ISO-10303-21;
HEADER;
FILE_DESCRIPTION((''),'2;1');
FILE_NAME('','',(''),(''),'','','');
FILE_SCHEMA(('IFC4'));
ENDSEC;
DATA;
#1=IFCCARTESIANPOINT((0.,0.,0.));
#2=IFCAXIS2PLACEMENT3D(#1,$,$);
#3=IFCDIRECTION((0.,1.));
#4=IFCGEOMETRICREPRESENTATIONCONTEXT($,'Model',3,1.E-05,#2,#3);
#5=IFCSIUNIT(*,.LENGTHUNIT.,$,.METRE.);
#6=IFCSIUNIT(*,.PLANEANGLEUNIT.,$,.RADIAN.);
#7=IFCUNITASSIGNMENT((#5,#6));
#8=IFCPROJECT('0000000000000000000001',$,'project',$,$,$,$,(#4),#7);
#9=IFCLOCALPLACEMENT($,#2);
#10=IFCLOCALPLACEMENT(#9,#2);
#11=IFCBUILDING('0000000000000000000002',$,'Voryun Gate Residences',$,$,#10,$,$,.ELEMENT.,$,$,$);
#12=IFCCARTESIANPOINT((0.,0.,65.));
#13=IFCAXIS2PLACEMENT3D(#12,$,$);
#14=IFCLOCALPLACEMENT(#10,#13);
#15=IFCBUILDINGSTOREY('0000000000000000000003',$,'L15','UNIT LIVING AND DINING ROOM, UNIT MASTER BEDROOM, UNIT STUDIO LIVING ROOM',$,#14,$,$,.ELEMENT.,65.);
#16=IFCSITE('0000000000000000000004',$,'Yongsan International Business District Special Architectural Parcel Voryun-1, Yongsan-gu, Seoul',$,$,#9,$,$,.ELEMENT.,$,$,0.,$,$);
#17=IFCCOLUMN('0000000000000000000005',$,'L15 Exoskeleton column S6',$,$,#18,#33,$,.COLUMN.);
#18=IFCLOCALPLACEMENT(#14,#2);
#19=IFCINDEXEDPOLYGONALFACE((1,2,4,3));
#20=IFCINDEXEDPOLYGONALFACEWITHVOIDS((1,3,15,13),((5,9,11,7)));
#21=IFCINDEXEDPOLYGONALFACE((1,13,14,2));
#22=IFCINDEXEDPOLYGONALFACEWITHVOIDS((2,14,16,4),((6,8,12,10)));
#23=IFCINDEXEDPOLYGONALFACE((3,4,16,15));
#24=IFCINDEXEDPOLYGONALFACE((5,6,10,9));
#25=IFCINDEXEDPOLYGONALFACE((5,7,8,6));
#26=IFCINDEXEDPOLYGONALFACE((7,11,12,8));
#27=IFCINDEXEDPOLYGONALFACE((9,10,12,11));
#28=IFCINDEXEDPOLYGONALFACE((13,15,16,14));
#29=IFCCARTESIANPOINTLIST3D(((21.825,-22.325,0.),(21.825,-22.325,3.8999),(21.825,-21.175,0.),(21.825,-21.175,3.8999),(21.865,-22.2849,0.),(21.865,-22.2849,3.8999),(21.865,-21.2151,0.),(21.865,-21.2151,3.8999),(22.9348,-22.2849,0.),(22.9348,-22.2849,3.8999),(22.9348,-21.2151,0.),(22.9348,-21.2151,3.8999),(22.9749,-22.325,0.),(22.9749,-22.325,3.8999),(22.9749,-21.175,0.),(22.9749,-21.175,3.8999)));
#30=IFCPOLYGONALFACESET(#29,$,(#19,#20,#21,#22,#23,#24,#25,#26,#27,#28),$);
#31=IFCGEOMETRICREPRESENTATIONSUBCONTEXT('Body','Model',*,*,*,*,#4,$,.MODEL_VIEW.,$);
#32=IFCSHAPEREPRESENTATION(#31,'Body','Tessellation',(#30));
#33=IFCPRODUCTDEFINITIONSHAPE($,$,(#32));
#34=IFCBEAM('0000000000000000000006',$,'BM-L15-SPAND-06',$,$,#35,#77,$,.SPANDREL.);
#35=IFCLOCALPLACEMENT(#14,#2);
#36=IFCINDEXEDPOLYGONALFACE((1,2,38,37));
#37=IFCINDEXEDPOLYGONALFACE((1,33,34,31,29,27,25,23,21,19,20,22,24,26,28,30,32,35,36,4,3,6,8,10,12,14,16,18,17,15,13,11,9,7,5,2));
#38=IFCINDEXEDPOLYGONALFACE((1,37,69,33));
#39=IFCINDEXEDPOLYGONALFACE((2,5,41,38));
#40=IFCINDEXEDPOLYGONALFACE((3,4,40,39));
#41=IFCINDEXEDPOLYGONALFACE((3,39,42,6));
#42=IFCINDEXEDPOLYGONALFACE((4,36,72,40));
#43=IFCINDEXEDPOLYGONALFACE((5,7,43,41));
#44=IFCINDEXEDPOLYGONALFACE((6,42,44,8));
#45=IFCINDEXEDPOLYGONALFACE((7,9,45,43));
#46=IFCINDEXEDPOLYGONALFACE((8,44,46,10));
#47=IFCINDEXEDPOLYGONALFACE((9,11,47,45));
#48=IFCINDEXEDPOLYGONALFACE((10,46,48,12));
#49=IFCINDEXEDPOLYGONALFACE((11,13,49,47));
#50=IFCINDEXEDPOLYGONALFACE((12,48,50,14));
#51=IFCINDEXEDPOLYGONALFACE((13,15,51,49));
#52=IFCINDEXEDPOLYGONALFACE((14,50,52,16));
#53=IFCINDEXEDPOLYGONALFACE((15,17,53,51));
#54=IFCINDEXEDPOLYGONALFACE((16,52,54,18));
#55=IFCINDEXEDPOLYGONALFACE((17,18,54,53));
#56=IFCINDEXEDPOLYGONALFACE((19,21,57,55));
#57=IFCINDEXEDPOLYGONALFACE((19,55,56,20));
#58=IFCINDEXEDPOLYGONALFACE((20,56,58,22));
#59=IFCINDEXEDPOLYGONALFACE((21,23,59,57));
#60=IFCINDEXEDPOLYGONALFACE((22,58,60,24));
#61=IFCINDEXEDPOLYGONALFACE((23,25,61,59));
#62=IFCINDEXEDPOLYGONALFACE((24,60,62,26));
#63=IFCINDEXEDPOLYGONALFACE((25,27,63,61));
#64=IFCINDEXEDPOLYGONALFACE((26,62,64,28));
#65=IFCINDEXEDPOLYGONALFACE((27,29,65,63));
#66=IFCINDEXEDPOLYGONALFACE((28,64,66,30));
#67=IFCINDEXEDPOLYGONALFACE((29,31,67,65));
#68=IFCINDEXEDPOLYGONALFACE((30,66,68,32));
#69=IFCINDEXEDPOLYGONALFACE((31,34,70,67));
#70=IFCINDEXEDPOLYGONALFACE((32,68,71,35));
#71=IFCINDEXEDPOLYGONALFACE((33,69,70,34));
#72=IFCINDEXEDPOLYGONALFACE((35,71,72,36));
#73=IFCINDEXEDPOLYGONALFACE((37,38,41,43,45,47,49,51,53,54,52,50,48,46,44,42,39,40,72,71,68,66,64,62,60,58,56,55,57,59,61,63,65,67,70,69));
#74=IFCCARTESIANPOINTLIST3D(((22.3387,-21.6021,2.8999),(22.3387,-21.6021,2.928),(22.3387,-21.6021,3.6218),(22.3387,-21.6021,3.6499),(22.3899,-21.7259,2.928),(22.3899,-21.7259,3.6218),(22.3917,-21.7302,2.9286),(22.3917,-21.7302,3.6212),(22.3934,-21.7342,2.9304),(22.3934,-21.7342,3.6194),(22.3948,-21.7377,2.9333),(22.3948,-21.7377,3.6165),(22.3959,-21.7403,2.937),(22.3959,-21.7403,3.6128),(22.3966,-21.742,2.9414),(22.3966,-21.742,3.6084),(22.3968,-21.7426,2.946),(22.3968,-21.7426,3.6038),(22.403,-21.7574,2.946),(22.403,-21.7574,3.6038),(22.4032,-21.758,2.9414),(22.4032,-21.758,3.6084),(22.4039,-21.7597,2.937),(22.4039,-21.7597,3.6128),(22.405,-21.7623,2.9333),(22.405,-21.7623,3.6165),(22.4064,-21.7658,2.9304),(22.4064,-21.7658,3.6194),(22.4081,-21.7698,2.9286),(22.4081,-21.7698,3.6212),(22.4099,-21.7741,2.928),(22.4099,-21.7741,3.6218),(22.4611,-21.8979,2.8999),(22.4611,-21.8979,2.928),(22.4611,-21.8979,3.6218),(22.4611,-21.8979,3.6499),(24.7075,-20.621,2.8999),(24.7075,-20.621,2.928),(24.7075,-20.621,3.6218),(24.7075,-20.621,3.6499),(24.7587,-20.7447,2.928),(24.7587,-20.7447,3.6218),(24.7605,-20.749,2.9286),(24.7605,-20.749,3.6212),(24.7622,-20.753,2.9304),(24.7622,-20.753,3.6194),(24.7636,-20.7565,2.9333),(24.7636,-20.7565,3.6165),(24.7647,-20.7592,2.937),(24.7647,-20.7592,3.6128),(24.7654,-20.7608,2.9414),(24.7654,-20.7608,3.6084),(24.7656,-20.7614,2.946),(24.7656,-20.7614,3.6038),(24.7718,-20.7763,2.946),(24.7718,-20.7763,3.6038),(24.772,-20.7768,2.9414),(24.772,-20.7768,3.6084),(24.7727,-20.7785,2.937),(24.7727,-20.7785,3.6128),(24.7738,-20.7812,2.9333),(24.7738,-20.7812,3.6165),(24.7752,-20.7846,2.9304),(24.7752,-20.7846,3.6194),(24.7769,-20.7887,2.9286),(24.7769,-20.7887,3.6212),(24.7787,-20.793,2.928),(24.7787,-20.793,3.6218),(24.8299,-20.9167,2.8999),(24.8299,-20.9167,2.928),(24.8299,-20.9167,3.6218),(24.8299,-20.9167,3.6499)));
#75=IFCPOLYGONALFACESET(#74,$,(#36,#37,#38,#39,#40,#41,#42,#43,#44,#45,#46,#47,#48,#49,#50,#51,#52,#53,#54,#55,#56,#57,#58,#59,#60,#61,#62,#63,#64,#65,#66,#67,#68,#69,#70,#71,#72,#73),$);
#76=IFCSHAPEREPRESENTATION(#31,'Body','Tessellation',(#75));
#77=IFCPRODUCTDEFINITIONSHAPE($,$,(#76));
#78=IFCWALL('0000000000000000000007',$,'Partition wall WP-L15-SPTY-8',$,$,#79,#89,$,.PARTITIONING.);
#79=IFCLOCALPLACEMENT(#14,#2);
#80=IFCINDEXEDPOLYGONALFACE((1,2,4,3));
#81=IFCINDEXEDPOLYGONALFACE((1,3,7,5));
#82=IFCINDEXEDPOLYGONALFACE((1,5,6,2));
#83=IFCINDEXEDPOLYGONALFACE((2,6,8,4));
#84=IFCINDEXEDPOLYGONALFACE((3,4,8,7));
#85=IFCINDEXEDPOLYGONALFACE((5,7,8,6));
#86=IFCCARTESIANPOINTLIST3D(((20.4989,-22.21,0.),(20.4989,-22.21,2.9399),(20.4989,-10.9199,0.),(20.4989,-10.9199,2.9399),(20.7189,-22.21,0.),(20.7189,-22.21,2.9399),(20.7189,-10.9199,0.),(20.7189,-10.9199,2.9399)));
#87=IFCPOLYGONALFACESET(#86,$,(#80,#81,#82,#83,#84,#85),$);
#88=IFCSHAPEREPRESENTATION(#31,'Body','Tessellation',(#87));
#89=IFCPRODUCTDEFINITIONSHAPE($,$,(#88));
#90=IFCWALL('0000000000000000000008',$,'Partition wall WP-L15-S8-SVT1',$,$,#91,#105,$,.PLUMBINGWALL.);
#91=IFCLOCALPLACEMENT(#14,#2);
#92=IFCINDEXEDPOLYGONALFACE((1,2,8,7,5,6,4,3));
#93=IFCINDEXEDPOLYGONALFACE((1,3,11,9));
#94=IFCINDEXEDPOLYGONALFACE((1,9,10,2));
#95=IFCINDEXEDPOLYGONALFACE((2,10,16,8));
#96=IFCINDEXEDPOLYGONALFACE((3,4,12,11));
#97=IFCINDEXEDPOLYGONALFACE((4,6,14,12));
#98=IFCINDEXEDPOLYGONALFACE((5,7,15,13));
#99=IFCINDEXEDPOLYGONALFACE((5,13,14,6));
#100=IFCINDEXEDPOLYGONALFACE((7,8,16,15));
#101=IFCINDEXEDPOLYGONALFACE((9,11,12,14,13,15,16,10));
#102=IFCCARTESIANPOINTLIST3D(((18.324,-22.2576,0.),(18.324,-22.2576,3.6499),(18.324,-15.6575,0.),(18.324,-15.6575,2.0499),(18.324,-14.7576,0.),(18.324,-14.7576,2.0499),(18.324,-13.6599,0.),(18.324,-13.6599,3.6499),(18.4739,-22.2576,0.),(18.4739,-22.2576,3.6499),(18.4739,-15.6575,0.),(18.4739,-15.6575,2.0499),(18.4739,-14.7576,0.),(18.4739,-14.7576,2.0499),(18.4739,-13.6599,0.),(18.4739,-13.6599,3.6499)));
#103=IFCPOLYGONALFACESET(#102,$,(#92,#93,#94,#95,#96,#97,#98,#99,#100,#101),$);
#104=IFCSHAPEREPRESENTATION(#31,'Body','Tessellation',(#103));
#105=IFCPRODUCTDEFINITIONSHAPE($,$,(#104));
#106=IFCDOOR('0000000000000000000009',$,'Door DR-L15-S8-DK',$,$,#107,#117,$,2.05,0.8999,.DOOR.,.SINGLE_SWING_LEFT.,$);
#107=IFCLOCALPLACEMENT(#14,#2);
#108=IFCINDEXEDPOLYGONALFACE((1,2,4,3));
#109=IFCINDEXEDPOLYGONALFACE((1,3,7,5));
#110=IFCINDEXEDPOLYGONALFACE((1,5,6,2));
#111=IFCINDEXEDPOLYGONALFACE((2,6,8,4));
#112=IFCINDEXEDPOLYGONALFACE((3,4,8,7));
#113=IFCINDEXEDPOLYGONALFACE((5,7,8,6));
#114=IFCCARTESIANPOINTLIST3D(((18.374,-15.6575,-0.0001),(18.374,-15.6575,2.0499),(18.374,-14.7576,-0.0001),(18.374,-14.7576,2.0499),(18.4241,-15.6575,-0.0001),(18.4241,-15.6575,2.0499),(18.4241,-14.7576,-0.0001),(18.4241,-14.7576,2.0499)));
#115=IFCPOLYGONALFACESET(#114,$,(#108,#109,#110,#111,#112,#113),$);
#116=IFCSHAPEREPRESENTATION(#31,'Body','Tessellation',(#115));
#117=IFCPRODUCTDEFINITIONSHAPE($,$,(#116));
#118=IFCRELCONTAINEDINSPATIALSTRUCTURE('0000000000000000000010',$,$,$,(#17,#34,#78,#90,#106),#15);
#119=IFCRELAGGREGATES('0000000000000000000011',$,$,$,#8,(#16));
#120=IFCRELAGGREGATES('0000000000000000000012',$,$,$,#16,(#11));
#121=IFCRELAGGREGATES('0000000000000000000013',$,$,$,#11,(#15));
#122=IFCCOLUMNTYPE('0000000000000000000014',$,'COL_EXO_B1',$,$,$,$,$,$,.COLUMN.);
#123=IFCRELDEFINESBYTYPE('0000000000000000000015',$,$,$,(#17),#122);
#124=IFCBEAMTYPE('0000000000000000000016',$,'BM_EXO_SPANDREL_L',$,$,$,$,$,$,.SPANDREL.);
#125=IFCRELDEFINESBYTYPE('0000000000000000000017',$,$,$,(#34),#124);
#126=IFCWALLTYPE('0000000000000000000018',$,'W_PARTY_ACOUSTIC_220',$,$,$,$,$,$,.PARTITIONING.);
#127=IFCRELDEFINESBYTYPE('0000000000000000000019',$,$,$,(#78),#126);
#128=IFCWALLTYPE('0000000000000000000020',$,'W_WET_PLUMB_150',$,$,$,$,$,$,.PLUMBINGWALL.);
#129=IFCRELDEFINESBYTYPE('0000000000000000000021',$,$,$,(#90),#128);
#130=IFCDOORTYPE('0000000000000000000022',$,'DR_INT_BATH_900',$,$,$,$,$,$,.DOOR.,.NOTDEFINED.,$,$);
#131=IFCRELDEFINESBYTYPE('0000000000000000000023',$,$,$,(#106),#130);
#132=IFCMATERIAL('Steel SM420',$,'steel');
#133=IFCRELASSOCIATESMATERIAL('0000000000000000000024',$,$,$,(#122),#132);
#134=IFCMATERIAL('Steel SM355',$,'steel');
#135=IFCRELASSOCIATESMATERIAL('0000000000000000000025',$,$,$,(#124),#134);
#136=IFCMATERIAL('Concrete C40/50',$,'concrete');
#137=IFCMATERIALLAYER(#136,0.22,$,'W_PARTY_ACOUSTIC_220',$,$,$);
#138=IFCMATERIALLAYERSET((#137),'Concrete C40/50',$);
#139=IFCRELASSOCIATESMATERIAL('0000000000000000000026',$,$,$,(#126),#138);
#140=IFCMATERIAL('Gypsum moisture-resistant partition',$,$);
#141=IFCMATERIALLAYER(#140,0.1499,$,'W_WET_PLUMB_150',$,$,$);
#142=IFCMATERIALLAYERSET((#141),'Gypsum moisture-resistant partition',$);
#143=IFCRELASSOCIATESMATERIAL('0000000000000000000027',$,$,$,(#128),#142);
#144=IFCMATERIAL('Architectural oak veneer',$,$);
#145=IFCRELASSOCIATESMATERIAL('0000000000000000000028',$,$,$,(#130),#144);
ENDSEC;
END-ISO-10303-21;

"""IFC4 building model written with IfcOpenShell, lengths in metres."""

from ifc_helpers import new_model, si_unit, direction, frame, frame_2d, origin, origin_2d, place, context, subcontext, project, spatial, rectangle, hollow_rectangle, i_section, extrude, material, layer, layer_set, material_profile, profile_set, type_object, element, fill, save


model = new_model("IFC4")

# Units and contexts
model_context = context("Model", 3, precision=1e-05, world=origin(), true_north=direction((0.0, 1.0)))
body_context = subcontext(model_context, "Body", "Model", "MODEL_VIEW")
ifc_project = project(units=[si_unit("LENGTHUNIT", "METRE"), si_unit("PLANEANGLEUNIT", "RADIAN")], contexts=[model_context])

# Site, building, storey
site_placement = place(None, origin())
site = spatial("IfcSite", under=ifc_project, at=site_placement, Name="Yongsan International Business District Special Architectural Parcel Voryun-1, Yongsan-gu, Seoul", CompositionType="ELEMENT", RefElevation=0.0)
building_placement = place(site_placement, origin())
building = spatial("IfcBuilding", under=site, at=building_placement, Name="Voryun Gate Residences", CompositionType="ELEMENT")
storey_placement = place(building_placement, frame((0.0, 0.0, 65.0)))
storey = spatial("IfcBuildingStorey", under=building, at=storey_placement, Name="L15", Description="UNIT LIVING AND DINING ROOM, UNIT MASTER BEDROOM, UNIT STUDIO LIVING ROOM", CompositionType="ELEMENT", Elevation=65.0)

# Column
ifc_material_1 = material(Name="Steel SM420", Category="steel")
ifc_material_profile_1 = material_profile(ifc_material_1, hollow_rectangle(XDim=1.1499, YDim=1.1499, WallThickness=0.04, at=origin_2d()), Name="BOX-1150x1150x40")
ifc_profile_set_1 = profile_set([ifc_material_profile_1], Name="Steel SM420")
column_type = type_object("IfcColumnType", Name="COL_EXO_B1", PredefinedType="COLUMN", material=ifc_profile_set_1)
column_placement = place(storey_placement, frame((22.3999, -21.75, 0.0), z_axis=(0.0, 0.0, 1.0), x_axis=(1.0, 0.0, 0.0)))
element("IfcColumn", 1, at=column_placement, inside=storey, type_object=column_type, Name="L15 Exoskeleton column S6", PredefinedType="COLUMN", context=body_context, shape_type="SweptSolid", body=[
    extrude(hollow_rectangle(XDim=1.1499, YDim=1.1499, WallThickness=0.04, at=origin_2d()), origin(), (0.0, 0.0, 1.0), 3.8999),
])

# Beam
ifc_material_2 = material(Name="Steel SM355", Category="steel")
ifc_material_profile_2 = material_profile(ifc_material_2, i_section(OverallWidth=0.3201, OverallDepth=0.75, WebThickness=0.0161, FlangeThickness=0.0281, FilletRadius=0.0181, at=origin_2d()), Name="H-750x320x16x28")
ifc_profile_set_2 = profile_set([ifc_material_profile_2], Name="Steel SM355")
beam_type = type_object("IfcBeamType", Name="BM_EXO_SPANDREL_L", PredefinedType="SPANDREL", material=ifc_profile_set_2)
beam_placement = place(storey_placement, frame((22.3999, -21.75, 3.2749), z_axis=(0.923883, 0.382674, 0.0), x_axis=(-0.382674, 0.923883, 0.0)))
element("IfcBeam", 2, at=beam_placement, inside=storey, type_object=beam_type, Name="BM-L15-SPAND-06", PredefinedType="SPANDREL", context=body_context, shape_type="SweptSolid", body=[
    extrude(i_section(OverallWidth=0.3201, OverallDepth=0.75, WebThickness=0.0161, FlangeThickness=0.0281, FilletRadius=0.0181, at=origin_2d()), origin(), (0.0, 0.0, 1.0), 2.564),
])

# Wall
ifc_material_3 = material(Name="Concrete C40/50", Category="concrete")
ifc_layer_1 = layer(ifc_material_3, 0.22, Name="W_PARTY_ACOUSTIC_220")
ifc_layer_set_1 = layer_set([ifc_layer_1], Name="Concrete C40/50")
wall_type_1 = type_object("IfcWallType", Name="W_PARTY_ACOUSTIC_220", PredefinedType="PARTITIONING", material=ifc_layer_set_1)
wall_1_placement = place(storey_placement, frame((20.6089, -22.21, 0.0), z_axis=(0.0, 0.0, 1.0), x_axis=(0.0, 1.0, 0.0)))
element("IfcWall", 3, at=wall_1_placement, inside=storey, type_object=wall_type_1, Name="Partition wall WP-L15-SPTY-8", PredefinedType="PARTITIONING", context=body_context, shape_type="SweptSolid", body=[
    extrude(rectangle(XDim=11.29, YDim=0.22, at=frame_2d((5.645, 0.0))), origin(), (0.0, 0.0, 1.0), 2.9399),
])

# Wall, opening, door
ifc_material_4 = material(Name="Gypsum moisture-resistant partition")
ifc_layer_2 = layer(ifc_material_4, 0.1499, Name="W_WET_PLUMB_150")
ifc_layer_set_2 = layer_set([ifc_layer_2], Name="Gypsum moisture-resistant partition")
wall_type_2 = type_object("IfcWallType", Name="W_WET_PLUMB_150", PredefinedType="PLUMBINGWALL", material=ifc_layer_set_2)
wall_2_placement = place(storey_placement, frame((18.3989, -22.2576, 0.0), z_axis=(0.0, 0.0, 1.0), x_axis=(0.0, 1.0, 0.0)))
wall_2 = element("IfcWall", 4, at=wall_2_placement, inside=storey, type_object=wall_type_2, Name="Partition wall WP-L15-S8-SVT1", PredefinedType="PLUMBINGWALL", context=body_context, shape_type="SweptSolid", body=[
    extrude(rectangle(XDim=8.5977, YDim=0.1499, at=frame_2d((4.2988, 0.0))), origin(), (0.0, 0.0, 1.0), 3.6499),
])
opening_1_placement = place(wall_2_placement, frame((6.6001, 0.0, 0.0)))
opening_1 = element("IfcOpeningElement", 5, at=opening_1_placement, cuts=wall_2, PredefinedType="OPENING", context=body_context, shape_type="SweptSolid", body=[
    extrude(rectangle(XDim=0.8999, YDim=2.05, at=frame_2d((0.45, 1.0249))), frame((0.0, 0.085, 0.0), z_axis=(0.0, -1.0, 0.0), x_axis=(1.0, 0.0, 0.0)), (0.0, 0.0, 1.0), 0.1699),
])
ifc_material_5 = material(Name="Architectural oak veneer")
door_type = type_object("IfcDoorType", Name="DR_INT_BATH_900", OperationType="NOTDEFINED", PredefinedType="DOOR", material=ifc_material_5)
door_placement = place(opening_1_placement, origin())
door = element("IfcDoor", 6, at=door_placement, inside=storey, type_object=door_type, Name="Door DR-L15-S8-DK", OperationType="SINGLE_SWING_LEFT", OverallHeight=2.05, OverallWidth=0.8999, PredefinedType="DOOR", context=body_context, shape_type="SweptSolid", body=[
    extrude(rectangle(XDim=0.8999, YDim=2.05, at=frame_2d((0.45, 1.0249))), frame((0.0, 0.0249, 0.0), z_axis=(0.0, -1.0, 0.0), x_axis=(1.0, 0.0, 0.0)), (0.0, 0.0, 1.0), 0.05),
])
fill(opening_1, door)

save(model, "model.ifc")
